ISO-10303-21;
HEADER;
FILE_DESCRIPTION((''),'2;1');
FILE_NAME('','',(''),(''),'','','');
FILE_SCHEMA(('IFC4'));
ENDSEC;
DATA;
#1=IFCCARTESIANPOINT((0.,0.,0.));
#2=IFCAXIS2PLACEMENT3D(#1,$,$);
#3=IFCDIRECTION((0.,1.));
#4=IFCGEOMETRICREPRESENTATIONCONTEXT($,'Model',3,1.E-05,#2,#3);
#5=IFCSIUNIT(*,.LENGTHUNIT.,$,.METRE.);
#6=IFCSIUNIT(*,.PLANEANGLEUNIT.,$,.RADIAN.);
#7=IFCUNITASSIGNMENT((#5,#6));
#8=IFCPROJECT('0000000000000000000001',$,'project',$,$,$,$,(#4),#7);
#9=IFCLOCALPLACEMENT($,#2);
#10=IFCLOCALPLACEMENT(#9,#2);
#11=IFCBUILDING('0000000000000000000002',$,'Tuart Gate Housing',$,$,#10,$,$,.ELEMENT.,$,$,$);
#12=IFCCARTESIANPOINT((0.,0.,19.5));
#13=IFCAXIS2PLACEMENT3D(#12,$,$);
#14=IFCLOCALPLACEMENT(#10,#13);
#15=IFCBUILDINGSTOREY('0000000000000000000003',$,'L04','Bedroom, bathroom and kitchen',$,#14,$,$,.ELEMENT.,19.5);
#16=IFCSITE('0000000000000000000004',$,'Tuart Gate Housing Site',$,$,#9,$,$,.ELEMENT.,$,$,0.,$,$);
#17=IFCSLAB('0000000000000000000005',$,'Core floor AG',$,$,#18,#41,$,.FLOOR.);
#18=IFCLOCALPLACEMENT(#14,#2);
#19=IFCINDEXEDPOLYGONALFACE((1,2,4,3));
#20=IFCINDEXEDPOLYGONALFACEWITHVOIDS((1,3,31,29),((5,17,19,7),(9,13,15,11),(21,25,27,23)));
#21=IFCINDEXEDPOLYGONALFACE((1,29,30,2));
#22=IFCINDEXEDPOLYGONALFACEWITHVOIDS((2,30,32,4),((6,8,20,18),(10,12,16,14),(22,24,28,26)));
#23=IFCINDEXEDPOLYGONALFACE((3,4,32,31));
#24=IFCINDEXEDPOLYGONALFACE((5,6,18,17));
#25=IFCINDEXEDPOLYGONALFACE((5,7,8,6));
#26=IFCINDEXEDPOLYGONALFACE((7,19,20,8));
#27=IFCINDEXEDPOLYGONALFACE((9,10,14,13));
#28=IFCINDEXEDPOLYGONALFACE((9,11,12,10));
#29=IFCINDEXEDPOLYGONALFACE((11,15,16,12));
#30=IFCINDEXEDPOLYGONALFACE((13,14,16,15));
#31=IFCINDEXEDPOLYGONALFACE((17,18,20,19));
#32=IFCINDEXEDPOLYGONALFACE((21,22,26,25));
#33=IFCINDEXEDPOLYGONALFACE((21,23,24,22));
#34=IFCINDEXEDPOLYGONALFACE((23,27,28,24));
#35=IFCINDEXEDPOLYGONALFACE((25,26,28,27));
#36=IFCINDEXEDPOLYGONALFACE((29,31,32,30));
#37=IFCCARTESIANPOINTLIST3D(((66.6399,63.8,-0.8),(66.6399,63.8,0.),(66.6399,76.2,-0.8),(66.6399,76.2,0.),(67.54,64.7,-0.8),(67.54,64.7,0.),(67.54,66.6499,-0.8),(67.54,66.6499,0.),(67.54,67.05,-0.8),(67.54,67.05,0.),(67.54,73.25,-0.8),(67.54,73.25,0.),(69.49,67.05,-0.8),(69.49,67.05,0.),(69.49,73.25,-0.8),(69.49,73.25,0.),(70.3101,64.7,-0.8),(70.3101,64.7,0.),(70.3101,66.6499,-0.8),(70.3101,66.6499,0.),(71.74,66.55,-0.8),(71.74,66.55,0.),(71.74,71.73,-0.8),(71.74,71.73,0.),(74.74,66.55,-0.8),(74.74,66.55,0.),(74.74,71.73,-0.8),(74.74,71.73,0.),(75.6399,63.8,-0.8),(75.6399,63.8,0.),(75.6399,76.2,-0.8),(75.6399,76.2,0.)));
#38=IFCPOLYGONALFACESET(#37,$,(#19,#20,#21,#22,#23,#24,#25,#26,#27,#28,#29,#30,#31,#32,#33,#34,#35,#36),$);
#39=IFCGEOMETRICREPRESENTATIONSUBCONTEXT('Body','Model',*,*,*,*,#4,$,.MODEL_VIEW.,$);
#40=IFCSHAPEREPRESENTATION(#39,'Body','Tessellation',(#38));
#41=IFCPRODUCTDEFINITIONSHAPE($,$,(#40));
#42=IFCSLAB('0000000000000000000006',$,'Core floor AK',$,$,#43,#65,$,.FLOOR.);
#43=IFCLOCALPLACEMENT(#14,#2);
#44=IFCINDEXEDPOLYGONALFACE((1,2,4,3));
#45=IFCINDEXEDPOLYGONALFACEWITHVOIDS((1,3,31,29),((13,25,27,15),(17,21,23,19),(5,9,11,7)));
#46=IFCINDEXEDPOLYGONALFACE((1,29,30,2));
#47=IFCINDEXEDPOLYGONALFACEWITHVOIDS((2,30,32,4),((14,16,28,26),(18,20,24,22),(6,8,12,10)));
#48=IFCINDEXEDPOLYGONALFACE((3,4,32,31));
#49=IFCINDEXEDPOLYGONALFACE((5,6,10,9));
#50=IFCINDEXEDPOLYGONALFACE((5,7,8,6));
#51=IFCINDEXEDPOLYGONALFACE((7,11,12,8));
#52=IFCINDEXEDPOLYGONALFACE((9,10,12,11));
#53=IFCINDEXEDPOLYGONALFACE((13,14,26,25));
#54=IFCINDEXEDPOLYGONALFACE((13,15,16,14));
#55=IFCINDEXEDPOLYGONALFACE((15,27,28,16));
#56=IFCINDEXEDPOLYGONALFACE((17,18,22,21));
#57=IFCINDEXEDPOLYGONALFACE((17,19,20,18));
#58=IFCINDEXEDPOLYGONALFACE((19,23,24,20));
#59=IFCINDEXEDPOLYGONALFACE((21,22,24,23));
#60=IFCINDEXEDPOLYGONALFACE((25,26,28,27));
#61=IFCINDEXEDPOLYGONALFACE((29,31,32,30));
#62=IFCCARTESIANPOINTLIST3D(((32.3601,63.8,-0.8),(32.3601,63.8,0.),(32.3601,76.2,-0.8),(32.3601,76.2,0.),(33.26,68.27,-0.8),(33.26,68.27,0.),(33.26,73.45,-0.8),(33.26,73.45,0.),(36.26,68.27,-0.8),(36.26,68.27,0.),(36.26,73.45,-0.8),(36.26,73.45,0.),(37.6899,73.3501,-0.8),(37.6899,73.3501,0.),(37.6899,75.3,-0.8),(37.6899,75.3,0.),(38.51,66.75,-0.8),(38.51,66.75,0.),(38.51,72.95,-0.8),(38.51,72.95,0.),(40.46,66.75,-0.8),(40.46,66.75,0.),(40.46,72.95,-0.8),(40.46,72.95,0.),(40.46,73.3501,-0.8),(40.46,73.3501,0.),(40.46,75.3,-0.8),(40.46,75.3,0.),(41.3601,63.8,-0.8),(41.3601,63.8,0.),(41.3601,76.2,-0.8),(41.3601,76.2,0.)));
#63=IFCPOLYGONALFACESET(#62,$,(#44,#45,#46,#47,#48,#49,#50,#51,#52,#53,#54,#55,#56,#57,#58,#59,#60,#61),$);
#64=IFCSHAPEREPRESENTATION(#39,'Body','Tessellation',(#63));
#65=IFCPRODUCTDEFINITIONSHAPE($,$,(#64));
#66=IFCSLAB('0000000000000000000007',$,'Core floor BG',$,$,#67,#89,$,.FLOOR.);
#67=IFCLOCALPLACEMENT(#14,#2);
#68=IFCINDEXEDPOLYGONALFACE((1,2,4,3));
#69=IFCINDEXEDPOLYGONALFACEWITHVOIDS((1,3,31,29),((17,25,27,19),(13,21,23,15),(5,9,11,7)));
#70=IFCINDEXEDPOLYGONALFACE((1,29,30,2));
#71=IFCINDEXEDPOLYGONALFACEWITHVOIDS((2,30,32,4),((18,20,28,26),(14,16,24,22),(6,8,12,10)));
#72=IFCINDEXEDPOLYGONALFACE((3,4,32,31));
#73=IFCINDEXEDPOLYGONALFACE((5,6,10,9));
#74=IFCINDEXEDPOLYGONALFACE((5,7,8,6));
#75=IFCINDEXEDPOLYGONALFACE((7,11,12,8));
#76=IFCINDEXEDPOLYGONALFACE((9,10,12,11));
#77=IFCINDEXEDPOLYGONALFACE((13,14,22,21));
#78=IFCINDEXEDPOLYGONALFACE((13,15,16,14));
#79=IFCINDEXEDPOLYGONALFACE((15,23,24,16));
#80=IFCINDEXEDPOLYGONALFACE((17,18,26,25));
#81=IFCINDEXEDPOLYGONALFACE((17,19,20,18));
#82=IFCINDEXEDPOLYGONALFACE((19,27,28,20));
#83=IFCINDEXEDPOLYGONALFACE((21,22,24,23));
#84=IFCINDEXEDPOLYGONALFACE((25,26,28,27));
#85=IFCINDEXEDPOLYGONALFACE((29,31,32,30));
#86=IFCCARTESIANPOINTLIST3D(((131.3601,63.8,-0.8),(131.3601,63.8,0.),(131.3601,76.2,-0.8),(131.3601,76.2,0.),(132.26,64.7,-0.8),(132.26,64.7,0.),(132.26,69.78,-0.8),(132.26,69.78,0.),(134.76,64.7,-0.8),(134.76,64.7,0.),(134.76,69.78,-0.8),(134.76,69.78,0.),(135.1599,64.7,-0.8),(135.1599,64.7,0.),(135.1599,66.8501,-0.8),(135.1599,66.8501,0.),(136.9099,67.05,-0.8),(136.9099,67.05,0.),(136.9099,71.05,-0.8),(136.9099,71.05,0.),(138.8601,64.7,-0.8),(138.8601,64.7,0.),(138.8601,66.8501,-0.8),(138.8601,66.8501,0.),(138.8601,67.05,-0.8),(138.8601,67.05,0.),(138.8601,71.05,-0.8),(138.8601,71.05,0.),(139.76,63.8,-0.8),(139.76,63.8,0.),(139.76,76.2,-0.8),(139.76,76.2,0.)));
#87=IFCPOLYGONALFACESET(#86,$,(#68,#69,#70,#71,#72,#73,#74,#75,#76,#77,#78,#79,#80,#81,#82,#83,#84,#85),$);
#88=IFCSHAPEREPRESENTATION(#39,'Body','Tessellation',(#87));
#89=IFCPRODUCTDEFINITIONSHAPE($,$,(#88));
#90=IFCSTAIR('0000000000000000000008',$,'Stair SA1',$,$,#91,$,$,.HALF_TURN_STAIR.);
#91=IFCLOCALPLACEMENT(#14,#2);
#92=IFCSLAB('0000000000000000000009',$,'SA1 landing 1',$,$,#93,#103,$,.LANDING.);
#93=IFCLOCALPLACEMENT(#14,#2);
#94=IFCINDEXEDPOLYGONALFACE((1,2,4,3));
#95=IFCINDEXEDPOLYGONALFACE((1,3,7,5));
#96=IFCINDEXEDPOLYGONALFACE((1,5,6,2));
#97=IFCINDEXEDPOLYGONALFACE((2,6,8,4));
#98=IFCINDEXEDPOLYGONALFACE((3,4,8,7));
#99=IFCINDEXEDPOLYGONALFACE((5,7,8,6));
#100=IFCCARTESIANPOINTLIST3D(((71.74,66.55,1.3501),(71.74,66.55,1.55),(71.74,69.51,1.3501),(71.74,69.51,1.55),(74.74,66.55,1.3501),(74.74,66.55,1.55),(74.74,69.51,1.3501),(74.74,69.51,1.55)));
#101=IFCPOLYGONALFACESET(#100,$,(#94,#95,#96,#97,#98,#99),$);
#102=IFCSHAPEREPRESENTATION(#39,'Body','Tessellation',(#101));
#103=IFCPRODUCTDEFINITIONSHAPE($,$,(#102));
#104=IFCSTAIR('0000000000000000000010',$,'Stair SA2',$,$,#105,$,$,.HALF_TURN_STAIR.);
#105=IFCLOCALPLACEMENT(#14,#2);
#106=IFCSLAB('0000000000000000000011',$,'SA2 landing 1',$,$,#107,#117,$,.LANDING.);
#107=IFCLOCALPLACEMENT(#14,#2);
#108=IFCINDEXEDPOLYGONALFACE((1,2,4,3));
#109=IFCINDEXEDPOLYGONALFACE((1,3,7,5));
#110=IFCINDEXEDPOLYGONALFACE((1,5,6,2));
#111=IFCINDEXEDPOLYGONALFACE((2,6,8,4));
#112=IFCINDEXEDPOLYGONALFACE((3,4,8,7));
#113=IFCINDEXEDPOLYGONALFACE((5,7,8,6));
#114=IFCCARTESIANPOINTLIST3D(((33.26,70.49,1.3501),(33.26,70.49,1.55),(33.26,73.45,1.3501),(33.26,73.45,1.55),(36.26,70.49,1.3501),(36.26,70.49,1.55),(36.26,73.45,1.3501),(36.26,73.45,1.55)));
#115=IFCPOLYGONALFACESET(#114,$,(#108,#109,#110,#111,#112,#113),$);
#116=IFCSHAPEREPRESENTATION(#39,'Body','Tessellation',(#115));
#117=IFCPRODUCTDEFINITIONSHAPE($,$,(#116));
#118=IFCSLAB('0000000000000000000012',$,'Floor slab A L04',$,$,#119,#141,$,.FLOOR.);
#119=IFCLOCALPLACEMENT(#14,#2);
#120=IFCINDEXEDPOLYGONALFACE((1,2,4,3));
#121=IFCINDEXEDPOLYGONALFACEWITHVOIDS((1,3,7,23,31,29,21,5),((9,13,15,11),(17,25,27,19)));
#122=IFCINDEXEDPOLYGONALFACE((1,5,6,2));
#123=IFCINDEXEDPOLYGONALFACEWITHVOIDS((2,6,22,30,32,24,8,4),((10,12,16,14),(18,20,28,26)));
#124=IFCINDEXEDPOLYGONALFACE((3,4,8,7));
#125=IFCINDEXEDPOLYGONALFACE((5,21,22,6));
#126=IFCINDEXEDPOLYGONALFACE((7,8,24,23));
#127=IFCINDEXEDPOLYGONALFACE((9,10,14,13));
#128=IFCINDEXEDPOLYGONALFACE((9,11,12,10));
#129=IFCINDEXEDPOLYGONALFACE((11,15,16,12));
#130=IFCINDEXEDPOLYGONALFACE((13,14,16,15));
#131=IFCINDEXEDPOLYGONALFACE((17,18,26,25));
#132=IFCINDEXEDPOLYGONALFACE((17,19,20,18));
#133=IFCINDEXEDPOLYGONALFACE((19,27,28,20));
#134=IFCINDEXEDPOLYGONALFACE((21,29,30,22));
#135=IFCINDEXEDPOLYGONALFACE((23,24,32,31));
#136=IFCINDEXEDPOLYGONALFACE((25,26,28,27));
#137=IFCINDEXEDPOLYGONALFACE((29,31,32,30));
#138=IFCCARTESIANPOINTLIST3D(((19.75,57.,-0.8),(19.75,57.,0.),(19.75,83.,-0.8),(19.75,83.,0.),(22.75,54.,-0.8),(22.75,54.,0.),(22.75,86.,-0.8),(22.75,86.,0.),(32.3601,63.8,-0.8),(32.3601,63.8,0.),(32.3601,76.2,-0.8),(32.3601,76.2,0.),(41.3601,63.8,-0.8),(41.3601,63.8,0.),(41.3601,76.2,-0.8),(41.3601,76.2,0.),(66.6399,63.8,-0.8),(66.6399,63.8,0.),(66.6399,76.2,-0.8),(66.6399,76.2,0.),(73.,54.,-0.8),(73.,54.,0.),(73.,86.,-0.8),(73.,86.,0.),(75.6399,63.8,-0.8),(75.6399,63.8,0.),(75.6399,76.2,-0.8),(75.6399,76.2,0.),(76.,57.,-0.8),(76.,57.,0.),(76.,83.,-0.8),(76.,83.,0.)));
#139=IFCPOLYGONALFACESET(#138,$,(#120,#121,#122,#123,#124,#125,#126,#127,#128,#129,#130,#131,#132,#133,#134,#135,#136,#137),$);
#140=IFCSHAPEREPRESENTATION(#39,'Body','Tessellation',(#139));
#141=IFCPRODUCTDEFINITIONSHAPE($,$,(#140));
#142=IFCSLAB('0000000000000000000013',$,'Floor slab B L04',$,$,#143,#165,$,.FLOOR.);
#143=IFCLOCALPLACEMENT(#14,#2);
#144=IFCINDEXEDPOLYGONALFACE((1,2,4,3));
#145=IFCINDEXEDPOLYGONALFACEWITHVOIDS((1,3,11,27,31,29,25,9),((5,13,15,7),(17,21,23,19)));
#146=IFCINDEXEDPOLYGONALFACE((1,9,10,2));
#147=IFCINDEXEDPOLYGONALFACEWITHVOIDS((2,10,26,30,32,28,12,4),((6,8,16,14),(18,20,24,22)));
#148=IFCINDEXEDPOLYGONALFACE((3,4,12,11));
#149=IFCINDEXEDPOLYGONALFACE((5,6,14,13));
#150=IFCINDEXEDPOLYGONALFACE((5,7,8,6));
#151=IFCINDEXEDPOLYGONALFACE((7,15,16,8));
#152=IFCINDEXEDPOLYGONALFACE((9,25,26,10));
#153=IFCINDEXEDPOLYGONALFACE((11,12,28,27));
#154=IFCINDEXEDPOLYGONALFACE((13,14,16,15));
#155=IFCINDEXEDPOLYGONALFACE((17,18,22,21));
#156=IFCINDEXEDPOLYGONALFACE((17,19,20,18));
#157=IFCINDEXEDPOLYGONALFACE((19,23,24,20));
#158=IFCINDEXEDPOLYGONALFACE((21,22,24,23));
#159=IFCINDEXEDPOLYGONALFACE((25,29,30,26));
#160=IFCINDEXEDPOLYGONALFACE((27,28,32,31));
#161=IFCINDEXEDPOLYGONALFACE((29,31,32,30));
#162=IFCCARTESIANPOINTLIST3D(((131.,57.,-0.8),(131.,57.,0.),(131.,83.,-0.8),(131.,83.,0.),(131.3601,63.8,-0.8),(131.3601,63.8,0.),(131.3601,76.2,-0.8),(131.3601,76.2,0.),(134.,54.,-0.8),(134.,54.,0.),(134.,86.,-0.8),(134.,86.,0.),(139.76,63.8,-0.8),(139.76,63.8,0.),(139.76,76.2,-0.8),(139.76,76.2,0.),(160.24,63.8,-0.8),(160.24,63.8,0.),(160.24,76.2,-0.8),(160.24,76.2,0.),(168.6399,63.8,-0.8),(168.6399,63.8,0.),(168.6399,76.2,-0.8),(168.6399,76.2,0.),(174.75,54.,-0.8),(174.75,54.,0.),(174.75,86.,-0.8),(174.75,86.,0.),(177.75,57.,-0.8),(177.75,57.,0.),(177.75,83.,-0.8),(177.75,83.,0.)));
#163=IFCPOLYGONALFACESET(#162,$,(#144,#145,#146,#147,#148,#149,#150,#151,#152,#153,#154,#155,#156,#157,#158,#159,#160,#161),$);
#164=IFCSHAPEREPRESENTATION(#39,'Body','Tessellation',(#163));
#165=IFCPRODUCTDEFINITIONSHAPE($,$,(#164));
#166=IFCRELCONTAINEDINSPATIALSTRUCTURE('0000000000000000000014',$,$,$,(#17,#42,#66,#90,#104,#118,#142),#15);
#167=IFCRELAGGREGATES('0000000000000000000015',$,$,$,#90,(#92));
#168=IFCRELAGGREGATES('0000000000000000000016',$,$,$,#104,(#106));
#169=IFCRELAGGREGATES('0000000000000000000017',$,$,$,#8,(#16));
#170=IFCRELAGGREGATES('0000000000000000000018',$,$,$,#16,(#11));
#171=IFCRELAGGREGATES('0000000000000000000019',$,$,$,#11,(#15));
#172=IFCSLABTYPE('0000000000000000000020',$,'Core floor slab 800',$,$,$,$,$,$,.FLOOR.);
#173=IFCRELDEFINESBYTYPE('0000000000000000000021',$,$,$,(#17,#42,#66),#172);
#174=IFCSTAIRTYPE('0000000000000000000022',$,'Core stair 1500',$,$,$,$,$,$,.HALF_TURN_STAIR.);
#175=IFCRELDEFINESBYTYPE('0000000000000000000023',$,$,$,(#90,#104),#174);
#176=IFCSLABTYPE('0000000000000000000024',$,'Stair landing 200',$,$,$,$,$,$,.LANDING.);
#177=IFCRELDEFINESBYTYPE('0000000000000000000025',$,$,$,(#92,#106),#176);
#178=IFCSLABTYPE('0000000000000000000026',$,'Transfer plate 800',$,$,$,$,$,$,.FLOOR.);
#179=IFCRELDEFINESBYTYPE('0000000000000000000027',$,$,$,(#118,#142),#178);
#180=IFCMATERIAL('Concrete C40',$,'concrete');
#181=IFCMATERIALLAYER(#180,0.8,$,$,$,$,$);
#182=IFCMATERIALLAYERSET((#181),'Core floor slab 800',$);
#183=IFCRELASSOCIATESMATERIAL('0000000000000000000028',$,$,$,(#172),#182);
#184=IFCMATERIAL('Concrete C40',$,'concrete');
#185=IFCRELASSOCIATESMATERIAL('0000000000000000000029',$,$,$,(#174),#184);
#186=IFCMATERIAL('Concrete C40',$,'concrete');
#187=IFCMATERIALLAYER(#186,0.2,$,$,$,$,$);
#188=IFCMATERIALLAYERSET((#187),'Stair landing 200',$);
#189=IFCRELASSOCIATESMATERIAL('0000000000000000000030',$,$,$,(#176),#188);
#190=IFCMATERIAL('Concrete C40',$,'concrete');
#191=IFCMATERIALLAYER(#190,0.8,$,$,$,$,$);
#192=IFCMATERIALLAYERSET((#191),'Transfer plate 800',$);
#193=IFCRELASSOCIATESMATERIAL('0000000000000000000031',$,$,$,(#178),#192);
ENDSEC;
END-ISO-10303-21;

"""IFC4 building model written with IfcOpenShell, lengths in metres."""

from ifc_helpers import new_model, si_unit, direction, frame, origin, place, context, subcontext, project, spatial, polyline, outline, extrude, material, layer, layer_set, type_object, element, aggregate, save


model = new_model("IFC4")

# Units and contexts
model_context = context("Model", 3, precision=1e-05, world=origin(), true_north=direction((0.0, 1.0)))
body_context = subcontext(model_context, "Body", "Model", "MODEL_VIEW")
ifc_project = project(units=[si_unit("LENGTHUNIT", "METRE"), si_unit("PLANEANGLEUNIT", "RADIAN")], contexts=[model_context])

# Site, building, storey
site_placement = place(None, origin())
site = spatial("IfcSite", under=ifc_project, at=site_placement, Name="Tuart Gate Housing Site", CompositionType="ELEMENT", RefElevation=0.0)
building_placement = place(site_placement, origin())
building = spatial("IfcBuilding", under=site, at=building_placement, Name="Tuart Gate Housing", CompositionType="ELEMENT")
storey_placement = place(building_placement, frame((0.0, 0.0, 19.5)))
storey = spatial("IfcBuildingStorey", under=building, at=storey_placement, Name="L04", Description="Bedroom, bathroom and kitchen", CompositionType="ELEMENT", Elevation=19.5)

# Slabs
ifc_material_1 = material(Name="Concrete C40", Category="concrete")
ifc_layer_1 = layer(ifc_material_1, 0.8)
ifc_layer_set_1 = layer_set([ifc_layer_1], Name="Core floor slab 800")
slab_type_1 = type_object("IfcSlabType", Name="Core floor slab 800", PredefinedType="FLOOR", material=ifc_layer_set_1)
slab_1_placement = place(storey_placement, frame((0.0, 0.0, -0.8)))
element("IfcSlab", 1, at=slab_1_placement, inside=storey, type_object=slab_type_1, Name="Core floor AG", PredefinedType="FLOOR", context=body_context, shape_type="SweptSolid", body=[
    extrude(outline(polyline([(66.6399, 63.8), (75.6399, 63.8), (75.6399, 76.2), (66.6399, 76.2), (66.6399, 63.8)]), holes=[polyline([(67.54, 64.7), (70.3101, 64.7), (70.3101, 66.6499), (67.54, 66.6499), (67.54, 64.7)]), polyline([(67.54, 67.05), (69.49, 67.05), (69.49, 73.25), (67.54, 73.25), (67.54, 67.05)]), polyline([(71.74, 66.55), (74.74, 66.55), (74.74, 71.73), (71.74, 71.73), (71.74, 66.55)])]), origin(), (0.0, 0.0, 1.0), 0.8),
])
slab_2_placement = place(storey_placement, frame((0.0, 0.0, -0.8)))
element("IfcSlab", 2, at=slab_2_placement, inside=storey, type_object=slab_type_1, Name="Core floor AK", PredefinedType="FLOOR", context=body_context, shape_type="SweptSolid", body=[
    extrude(outline(polyline([(32.3601, 63.8), (41.3601, 63.8), (41.3601, 76.2), (32.3601, 76.2), (32.3601, 63.8)]), holes=[polyline([(40.46, 75.3), (37.6899, 75.3), (37.6899, 73.3501), (40.46, 73.3501), (40.46, 75.3)]), polyline([(40.46, 72.95), (38.51, 72.95), (38.51, 66.75), (40.46, 66.75), (40.46, 72.95)]), polyline([(36.26, 73.45), (33.26, 73.45), (33.26, 68.27), (36.26, 68.27), (36.26, 73.45)])]), origin(), (0.0, 0.0, 1.0), 0.8),
])
slab_3_placement = place(storey_placement, frame((0.0, 0.0, -0.8)))
element("IfcSlab", 3, at=slab_3_placement, inside=storey, type_object=slab_type_1, Name="Core floor BG", PredefinedType="FLOOR", context=body_context, shape_type="SweptSolid", body=[
    extrude(outline(polyline([(131.3601, 63.8), (139.76, 63.8), (139.76, 76.2), (131.3601, 76.2), (131.3601, 63.8)]), holes=[polyline([(138.8601, 66.8501), (135.1599, 66.8501), (135.1599, 64.7), (138.8601, 64.7), (138.8601, 66.8501)]), polyline([(138.8601, 71.05), (136.9099, 71.05), (136.9099, 67.05), (138.8601, 67.05), (138.8601, 71.05)]), polyline([(134.76, 69.78), (132.26, 69.78), (132.26, 64.7), (134.76, 64.7), (134.76, 69.78)])]), origin(), (0.0, 0.0, 1.0), 0.8),
])

# Stairs, slabs
ifc_material_2 = material(Name="Concrete C40", Category="concrete")
stair_type = type_object("IfcStairType", Name="Core stair 1500", PredefinedType="HALF_TURN_STAIR", material=ifc_material_2)
stair_1_placement = place(storey_placement, origin())
stair_1 = element("IfcStair", 4, at=stair_1_placement, inside=storey, type_object=stair_type, Name="Stair SA1", PredefinedType="HALF_TURN_STAIR")
ifc_material_3 = material(Name="Concrete C40", Category="concrete")
ifc_layer_2 = layer(ifc_material_3, 0.2)
ifc_layer_set_2 = layer_set([ifc_layer_2], Name="Stair landing 200")
slab_type_2 = type_object("IfcSlabType", Name="Stair landing 200", PredefinedType="LANDING", material=ifc_layer_set_2)
slab_4_placement = place(storey_placement, frame((0.0, 0.0, 1.3501)))
slab_4 = element("IfcSlab", 5, at=slab_4_placement, type_object=slab_type_2, Name="SA1 landing 1", PredefinedType="LANDING", context=body_context, shape_type="SweptSolid", body=[
    extrude(outline(polyline([(71.74, 66.55), (74.74, 66.55), (74.74, 69.51), (71.74, 69.51), (71.74, 66.55)])), origin(), (0.0, 0.0, 1.0), 0.2),
])
aggregate(stair_1, [slab_4])
stair_2_placement = place(storey_placement, origin())
stair_2 = element("IfcStair", 6, at=stair_2_placement, inside=storey, type_object=stair_type, Name="Stair SA2", PredefinedType="HALF_TURN_STAIR")
slab_5_placement = place(storey_placement, frame((0.0, 0.0, 1.3501)))
slab_5 = element("IfcSlab", 7, at=slab_5_placement, type_object=slab_type_2, Name="SA2 landing 1", PredefinedType="LANDING", context=body_context, shape_type="SweptSolid", body=[
    extrude(outline(polyline([(36.26, 73.45), (33.26, 73.45), (33.26, 70.49), (36.26, 70.49), (36.26, 73.45)])), origin(), (0.0, 0.0, 1.0), 0.2),
])
aggregate(stair_2, [slab_5])

# Slabs
ifc_material_4 = material(Name="Concrete C40", Category="concrete")
ifc_layer_3 = layer(ifc_material_4, 0.8)
ifc_layer_set_3 = layer_set([ifc_layer_3], Name="Transfer plate 800")
slab_type_3 = type_object("IfcSlabType", Name="Transfer plate 800", PredefinedType="FLOOR", material=ifc_layer_set_3)
slab_6_placement = place(storey_placement, frame((0.0, 0.0, -0.8)))
element("IfcSlab", 8, at=slab_6_placement, inside=storey, type_object=slab_type_3, Name="Floor slab A L04", PredefinedType="FLOOR", context=body_context, shape_type="SweptSolid", body=[
    extrude(outline(polyline([(22.75, 86.0), (19.75, 83.0), (19.75, 57.0), (22.75, 54.0), (73.0, 54.0), (76.0, 57.0), (76.0, 83.0), (73.0, 86.0), (22.75, 86.0)]), holes=[polyline([(66.6399, 76.2), (75.6399, 76.2), (75.6399, 63.8), (66.6399, 63.8), (66.6399, 76.2)]), polyline([(41.3601, 76.2), (41.3601, 63.8), (32.3601, 63.8), (32.3601, 76.2), (41.3601, 76.2)])]), origin(), (0.0, 0.0, 1.0), 0.8),
])
slab_7_placement = place(storey_placement, frame((0.0, 0.0, -0.8)))
element("IfcSlab", 9, at=slab_7_placement, inside=storey, type_object=slab_type_3, Name="Floor slab B L04", PredefinedType="FLOOR", context=body_context, shape_type="SweptSolid", body=[
    extrude(outline(polyline([(134.0, 86.0), (131.0, 83.0), (131.0, 57.0), (134.0, 54.0), (174.75, 54.0), (177.75, 57.0), (177.75, 83.0), (174.75, 86.0), (134.0, 86.0)]), holes=[polyline([(131.3601, 76.2), (139.76, 76.2), (139.76, 63.8), (131.3601, 63.8), (131.3601, 76.2)]), polyline([(168.6399, 76.2), (168.6399, 63.8), (160.24, 63.8), (160.24, 76.2), (168.6399, 76.2)])]), origin(), (0.0, 0.0, 1.0), 0.8),
])

save(model, "model.ifc")
